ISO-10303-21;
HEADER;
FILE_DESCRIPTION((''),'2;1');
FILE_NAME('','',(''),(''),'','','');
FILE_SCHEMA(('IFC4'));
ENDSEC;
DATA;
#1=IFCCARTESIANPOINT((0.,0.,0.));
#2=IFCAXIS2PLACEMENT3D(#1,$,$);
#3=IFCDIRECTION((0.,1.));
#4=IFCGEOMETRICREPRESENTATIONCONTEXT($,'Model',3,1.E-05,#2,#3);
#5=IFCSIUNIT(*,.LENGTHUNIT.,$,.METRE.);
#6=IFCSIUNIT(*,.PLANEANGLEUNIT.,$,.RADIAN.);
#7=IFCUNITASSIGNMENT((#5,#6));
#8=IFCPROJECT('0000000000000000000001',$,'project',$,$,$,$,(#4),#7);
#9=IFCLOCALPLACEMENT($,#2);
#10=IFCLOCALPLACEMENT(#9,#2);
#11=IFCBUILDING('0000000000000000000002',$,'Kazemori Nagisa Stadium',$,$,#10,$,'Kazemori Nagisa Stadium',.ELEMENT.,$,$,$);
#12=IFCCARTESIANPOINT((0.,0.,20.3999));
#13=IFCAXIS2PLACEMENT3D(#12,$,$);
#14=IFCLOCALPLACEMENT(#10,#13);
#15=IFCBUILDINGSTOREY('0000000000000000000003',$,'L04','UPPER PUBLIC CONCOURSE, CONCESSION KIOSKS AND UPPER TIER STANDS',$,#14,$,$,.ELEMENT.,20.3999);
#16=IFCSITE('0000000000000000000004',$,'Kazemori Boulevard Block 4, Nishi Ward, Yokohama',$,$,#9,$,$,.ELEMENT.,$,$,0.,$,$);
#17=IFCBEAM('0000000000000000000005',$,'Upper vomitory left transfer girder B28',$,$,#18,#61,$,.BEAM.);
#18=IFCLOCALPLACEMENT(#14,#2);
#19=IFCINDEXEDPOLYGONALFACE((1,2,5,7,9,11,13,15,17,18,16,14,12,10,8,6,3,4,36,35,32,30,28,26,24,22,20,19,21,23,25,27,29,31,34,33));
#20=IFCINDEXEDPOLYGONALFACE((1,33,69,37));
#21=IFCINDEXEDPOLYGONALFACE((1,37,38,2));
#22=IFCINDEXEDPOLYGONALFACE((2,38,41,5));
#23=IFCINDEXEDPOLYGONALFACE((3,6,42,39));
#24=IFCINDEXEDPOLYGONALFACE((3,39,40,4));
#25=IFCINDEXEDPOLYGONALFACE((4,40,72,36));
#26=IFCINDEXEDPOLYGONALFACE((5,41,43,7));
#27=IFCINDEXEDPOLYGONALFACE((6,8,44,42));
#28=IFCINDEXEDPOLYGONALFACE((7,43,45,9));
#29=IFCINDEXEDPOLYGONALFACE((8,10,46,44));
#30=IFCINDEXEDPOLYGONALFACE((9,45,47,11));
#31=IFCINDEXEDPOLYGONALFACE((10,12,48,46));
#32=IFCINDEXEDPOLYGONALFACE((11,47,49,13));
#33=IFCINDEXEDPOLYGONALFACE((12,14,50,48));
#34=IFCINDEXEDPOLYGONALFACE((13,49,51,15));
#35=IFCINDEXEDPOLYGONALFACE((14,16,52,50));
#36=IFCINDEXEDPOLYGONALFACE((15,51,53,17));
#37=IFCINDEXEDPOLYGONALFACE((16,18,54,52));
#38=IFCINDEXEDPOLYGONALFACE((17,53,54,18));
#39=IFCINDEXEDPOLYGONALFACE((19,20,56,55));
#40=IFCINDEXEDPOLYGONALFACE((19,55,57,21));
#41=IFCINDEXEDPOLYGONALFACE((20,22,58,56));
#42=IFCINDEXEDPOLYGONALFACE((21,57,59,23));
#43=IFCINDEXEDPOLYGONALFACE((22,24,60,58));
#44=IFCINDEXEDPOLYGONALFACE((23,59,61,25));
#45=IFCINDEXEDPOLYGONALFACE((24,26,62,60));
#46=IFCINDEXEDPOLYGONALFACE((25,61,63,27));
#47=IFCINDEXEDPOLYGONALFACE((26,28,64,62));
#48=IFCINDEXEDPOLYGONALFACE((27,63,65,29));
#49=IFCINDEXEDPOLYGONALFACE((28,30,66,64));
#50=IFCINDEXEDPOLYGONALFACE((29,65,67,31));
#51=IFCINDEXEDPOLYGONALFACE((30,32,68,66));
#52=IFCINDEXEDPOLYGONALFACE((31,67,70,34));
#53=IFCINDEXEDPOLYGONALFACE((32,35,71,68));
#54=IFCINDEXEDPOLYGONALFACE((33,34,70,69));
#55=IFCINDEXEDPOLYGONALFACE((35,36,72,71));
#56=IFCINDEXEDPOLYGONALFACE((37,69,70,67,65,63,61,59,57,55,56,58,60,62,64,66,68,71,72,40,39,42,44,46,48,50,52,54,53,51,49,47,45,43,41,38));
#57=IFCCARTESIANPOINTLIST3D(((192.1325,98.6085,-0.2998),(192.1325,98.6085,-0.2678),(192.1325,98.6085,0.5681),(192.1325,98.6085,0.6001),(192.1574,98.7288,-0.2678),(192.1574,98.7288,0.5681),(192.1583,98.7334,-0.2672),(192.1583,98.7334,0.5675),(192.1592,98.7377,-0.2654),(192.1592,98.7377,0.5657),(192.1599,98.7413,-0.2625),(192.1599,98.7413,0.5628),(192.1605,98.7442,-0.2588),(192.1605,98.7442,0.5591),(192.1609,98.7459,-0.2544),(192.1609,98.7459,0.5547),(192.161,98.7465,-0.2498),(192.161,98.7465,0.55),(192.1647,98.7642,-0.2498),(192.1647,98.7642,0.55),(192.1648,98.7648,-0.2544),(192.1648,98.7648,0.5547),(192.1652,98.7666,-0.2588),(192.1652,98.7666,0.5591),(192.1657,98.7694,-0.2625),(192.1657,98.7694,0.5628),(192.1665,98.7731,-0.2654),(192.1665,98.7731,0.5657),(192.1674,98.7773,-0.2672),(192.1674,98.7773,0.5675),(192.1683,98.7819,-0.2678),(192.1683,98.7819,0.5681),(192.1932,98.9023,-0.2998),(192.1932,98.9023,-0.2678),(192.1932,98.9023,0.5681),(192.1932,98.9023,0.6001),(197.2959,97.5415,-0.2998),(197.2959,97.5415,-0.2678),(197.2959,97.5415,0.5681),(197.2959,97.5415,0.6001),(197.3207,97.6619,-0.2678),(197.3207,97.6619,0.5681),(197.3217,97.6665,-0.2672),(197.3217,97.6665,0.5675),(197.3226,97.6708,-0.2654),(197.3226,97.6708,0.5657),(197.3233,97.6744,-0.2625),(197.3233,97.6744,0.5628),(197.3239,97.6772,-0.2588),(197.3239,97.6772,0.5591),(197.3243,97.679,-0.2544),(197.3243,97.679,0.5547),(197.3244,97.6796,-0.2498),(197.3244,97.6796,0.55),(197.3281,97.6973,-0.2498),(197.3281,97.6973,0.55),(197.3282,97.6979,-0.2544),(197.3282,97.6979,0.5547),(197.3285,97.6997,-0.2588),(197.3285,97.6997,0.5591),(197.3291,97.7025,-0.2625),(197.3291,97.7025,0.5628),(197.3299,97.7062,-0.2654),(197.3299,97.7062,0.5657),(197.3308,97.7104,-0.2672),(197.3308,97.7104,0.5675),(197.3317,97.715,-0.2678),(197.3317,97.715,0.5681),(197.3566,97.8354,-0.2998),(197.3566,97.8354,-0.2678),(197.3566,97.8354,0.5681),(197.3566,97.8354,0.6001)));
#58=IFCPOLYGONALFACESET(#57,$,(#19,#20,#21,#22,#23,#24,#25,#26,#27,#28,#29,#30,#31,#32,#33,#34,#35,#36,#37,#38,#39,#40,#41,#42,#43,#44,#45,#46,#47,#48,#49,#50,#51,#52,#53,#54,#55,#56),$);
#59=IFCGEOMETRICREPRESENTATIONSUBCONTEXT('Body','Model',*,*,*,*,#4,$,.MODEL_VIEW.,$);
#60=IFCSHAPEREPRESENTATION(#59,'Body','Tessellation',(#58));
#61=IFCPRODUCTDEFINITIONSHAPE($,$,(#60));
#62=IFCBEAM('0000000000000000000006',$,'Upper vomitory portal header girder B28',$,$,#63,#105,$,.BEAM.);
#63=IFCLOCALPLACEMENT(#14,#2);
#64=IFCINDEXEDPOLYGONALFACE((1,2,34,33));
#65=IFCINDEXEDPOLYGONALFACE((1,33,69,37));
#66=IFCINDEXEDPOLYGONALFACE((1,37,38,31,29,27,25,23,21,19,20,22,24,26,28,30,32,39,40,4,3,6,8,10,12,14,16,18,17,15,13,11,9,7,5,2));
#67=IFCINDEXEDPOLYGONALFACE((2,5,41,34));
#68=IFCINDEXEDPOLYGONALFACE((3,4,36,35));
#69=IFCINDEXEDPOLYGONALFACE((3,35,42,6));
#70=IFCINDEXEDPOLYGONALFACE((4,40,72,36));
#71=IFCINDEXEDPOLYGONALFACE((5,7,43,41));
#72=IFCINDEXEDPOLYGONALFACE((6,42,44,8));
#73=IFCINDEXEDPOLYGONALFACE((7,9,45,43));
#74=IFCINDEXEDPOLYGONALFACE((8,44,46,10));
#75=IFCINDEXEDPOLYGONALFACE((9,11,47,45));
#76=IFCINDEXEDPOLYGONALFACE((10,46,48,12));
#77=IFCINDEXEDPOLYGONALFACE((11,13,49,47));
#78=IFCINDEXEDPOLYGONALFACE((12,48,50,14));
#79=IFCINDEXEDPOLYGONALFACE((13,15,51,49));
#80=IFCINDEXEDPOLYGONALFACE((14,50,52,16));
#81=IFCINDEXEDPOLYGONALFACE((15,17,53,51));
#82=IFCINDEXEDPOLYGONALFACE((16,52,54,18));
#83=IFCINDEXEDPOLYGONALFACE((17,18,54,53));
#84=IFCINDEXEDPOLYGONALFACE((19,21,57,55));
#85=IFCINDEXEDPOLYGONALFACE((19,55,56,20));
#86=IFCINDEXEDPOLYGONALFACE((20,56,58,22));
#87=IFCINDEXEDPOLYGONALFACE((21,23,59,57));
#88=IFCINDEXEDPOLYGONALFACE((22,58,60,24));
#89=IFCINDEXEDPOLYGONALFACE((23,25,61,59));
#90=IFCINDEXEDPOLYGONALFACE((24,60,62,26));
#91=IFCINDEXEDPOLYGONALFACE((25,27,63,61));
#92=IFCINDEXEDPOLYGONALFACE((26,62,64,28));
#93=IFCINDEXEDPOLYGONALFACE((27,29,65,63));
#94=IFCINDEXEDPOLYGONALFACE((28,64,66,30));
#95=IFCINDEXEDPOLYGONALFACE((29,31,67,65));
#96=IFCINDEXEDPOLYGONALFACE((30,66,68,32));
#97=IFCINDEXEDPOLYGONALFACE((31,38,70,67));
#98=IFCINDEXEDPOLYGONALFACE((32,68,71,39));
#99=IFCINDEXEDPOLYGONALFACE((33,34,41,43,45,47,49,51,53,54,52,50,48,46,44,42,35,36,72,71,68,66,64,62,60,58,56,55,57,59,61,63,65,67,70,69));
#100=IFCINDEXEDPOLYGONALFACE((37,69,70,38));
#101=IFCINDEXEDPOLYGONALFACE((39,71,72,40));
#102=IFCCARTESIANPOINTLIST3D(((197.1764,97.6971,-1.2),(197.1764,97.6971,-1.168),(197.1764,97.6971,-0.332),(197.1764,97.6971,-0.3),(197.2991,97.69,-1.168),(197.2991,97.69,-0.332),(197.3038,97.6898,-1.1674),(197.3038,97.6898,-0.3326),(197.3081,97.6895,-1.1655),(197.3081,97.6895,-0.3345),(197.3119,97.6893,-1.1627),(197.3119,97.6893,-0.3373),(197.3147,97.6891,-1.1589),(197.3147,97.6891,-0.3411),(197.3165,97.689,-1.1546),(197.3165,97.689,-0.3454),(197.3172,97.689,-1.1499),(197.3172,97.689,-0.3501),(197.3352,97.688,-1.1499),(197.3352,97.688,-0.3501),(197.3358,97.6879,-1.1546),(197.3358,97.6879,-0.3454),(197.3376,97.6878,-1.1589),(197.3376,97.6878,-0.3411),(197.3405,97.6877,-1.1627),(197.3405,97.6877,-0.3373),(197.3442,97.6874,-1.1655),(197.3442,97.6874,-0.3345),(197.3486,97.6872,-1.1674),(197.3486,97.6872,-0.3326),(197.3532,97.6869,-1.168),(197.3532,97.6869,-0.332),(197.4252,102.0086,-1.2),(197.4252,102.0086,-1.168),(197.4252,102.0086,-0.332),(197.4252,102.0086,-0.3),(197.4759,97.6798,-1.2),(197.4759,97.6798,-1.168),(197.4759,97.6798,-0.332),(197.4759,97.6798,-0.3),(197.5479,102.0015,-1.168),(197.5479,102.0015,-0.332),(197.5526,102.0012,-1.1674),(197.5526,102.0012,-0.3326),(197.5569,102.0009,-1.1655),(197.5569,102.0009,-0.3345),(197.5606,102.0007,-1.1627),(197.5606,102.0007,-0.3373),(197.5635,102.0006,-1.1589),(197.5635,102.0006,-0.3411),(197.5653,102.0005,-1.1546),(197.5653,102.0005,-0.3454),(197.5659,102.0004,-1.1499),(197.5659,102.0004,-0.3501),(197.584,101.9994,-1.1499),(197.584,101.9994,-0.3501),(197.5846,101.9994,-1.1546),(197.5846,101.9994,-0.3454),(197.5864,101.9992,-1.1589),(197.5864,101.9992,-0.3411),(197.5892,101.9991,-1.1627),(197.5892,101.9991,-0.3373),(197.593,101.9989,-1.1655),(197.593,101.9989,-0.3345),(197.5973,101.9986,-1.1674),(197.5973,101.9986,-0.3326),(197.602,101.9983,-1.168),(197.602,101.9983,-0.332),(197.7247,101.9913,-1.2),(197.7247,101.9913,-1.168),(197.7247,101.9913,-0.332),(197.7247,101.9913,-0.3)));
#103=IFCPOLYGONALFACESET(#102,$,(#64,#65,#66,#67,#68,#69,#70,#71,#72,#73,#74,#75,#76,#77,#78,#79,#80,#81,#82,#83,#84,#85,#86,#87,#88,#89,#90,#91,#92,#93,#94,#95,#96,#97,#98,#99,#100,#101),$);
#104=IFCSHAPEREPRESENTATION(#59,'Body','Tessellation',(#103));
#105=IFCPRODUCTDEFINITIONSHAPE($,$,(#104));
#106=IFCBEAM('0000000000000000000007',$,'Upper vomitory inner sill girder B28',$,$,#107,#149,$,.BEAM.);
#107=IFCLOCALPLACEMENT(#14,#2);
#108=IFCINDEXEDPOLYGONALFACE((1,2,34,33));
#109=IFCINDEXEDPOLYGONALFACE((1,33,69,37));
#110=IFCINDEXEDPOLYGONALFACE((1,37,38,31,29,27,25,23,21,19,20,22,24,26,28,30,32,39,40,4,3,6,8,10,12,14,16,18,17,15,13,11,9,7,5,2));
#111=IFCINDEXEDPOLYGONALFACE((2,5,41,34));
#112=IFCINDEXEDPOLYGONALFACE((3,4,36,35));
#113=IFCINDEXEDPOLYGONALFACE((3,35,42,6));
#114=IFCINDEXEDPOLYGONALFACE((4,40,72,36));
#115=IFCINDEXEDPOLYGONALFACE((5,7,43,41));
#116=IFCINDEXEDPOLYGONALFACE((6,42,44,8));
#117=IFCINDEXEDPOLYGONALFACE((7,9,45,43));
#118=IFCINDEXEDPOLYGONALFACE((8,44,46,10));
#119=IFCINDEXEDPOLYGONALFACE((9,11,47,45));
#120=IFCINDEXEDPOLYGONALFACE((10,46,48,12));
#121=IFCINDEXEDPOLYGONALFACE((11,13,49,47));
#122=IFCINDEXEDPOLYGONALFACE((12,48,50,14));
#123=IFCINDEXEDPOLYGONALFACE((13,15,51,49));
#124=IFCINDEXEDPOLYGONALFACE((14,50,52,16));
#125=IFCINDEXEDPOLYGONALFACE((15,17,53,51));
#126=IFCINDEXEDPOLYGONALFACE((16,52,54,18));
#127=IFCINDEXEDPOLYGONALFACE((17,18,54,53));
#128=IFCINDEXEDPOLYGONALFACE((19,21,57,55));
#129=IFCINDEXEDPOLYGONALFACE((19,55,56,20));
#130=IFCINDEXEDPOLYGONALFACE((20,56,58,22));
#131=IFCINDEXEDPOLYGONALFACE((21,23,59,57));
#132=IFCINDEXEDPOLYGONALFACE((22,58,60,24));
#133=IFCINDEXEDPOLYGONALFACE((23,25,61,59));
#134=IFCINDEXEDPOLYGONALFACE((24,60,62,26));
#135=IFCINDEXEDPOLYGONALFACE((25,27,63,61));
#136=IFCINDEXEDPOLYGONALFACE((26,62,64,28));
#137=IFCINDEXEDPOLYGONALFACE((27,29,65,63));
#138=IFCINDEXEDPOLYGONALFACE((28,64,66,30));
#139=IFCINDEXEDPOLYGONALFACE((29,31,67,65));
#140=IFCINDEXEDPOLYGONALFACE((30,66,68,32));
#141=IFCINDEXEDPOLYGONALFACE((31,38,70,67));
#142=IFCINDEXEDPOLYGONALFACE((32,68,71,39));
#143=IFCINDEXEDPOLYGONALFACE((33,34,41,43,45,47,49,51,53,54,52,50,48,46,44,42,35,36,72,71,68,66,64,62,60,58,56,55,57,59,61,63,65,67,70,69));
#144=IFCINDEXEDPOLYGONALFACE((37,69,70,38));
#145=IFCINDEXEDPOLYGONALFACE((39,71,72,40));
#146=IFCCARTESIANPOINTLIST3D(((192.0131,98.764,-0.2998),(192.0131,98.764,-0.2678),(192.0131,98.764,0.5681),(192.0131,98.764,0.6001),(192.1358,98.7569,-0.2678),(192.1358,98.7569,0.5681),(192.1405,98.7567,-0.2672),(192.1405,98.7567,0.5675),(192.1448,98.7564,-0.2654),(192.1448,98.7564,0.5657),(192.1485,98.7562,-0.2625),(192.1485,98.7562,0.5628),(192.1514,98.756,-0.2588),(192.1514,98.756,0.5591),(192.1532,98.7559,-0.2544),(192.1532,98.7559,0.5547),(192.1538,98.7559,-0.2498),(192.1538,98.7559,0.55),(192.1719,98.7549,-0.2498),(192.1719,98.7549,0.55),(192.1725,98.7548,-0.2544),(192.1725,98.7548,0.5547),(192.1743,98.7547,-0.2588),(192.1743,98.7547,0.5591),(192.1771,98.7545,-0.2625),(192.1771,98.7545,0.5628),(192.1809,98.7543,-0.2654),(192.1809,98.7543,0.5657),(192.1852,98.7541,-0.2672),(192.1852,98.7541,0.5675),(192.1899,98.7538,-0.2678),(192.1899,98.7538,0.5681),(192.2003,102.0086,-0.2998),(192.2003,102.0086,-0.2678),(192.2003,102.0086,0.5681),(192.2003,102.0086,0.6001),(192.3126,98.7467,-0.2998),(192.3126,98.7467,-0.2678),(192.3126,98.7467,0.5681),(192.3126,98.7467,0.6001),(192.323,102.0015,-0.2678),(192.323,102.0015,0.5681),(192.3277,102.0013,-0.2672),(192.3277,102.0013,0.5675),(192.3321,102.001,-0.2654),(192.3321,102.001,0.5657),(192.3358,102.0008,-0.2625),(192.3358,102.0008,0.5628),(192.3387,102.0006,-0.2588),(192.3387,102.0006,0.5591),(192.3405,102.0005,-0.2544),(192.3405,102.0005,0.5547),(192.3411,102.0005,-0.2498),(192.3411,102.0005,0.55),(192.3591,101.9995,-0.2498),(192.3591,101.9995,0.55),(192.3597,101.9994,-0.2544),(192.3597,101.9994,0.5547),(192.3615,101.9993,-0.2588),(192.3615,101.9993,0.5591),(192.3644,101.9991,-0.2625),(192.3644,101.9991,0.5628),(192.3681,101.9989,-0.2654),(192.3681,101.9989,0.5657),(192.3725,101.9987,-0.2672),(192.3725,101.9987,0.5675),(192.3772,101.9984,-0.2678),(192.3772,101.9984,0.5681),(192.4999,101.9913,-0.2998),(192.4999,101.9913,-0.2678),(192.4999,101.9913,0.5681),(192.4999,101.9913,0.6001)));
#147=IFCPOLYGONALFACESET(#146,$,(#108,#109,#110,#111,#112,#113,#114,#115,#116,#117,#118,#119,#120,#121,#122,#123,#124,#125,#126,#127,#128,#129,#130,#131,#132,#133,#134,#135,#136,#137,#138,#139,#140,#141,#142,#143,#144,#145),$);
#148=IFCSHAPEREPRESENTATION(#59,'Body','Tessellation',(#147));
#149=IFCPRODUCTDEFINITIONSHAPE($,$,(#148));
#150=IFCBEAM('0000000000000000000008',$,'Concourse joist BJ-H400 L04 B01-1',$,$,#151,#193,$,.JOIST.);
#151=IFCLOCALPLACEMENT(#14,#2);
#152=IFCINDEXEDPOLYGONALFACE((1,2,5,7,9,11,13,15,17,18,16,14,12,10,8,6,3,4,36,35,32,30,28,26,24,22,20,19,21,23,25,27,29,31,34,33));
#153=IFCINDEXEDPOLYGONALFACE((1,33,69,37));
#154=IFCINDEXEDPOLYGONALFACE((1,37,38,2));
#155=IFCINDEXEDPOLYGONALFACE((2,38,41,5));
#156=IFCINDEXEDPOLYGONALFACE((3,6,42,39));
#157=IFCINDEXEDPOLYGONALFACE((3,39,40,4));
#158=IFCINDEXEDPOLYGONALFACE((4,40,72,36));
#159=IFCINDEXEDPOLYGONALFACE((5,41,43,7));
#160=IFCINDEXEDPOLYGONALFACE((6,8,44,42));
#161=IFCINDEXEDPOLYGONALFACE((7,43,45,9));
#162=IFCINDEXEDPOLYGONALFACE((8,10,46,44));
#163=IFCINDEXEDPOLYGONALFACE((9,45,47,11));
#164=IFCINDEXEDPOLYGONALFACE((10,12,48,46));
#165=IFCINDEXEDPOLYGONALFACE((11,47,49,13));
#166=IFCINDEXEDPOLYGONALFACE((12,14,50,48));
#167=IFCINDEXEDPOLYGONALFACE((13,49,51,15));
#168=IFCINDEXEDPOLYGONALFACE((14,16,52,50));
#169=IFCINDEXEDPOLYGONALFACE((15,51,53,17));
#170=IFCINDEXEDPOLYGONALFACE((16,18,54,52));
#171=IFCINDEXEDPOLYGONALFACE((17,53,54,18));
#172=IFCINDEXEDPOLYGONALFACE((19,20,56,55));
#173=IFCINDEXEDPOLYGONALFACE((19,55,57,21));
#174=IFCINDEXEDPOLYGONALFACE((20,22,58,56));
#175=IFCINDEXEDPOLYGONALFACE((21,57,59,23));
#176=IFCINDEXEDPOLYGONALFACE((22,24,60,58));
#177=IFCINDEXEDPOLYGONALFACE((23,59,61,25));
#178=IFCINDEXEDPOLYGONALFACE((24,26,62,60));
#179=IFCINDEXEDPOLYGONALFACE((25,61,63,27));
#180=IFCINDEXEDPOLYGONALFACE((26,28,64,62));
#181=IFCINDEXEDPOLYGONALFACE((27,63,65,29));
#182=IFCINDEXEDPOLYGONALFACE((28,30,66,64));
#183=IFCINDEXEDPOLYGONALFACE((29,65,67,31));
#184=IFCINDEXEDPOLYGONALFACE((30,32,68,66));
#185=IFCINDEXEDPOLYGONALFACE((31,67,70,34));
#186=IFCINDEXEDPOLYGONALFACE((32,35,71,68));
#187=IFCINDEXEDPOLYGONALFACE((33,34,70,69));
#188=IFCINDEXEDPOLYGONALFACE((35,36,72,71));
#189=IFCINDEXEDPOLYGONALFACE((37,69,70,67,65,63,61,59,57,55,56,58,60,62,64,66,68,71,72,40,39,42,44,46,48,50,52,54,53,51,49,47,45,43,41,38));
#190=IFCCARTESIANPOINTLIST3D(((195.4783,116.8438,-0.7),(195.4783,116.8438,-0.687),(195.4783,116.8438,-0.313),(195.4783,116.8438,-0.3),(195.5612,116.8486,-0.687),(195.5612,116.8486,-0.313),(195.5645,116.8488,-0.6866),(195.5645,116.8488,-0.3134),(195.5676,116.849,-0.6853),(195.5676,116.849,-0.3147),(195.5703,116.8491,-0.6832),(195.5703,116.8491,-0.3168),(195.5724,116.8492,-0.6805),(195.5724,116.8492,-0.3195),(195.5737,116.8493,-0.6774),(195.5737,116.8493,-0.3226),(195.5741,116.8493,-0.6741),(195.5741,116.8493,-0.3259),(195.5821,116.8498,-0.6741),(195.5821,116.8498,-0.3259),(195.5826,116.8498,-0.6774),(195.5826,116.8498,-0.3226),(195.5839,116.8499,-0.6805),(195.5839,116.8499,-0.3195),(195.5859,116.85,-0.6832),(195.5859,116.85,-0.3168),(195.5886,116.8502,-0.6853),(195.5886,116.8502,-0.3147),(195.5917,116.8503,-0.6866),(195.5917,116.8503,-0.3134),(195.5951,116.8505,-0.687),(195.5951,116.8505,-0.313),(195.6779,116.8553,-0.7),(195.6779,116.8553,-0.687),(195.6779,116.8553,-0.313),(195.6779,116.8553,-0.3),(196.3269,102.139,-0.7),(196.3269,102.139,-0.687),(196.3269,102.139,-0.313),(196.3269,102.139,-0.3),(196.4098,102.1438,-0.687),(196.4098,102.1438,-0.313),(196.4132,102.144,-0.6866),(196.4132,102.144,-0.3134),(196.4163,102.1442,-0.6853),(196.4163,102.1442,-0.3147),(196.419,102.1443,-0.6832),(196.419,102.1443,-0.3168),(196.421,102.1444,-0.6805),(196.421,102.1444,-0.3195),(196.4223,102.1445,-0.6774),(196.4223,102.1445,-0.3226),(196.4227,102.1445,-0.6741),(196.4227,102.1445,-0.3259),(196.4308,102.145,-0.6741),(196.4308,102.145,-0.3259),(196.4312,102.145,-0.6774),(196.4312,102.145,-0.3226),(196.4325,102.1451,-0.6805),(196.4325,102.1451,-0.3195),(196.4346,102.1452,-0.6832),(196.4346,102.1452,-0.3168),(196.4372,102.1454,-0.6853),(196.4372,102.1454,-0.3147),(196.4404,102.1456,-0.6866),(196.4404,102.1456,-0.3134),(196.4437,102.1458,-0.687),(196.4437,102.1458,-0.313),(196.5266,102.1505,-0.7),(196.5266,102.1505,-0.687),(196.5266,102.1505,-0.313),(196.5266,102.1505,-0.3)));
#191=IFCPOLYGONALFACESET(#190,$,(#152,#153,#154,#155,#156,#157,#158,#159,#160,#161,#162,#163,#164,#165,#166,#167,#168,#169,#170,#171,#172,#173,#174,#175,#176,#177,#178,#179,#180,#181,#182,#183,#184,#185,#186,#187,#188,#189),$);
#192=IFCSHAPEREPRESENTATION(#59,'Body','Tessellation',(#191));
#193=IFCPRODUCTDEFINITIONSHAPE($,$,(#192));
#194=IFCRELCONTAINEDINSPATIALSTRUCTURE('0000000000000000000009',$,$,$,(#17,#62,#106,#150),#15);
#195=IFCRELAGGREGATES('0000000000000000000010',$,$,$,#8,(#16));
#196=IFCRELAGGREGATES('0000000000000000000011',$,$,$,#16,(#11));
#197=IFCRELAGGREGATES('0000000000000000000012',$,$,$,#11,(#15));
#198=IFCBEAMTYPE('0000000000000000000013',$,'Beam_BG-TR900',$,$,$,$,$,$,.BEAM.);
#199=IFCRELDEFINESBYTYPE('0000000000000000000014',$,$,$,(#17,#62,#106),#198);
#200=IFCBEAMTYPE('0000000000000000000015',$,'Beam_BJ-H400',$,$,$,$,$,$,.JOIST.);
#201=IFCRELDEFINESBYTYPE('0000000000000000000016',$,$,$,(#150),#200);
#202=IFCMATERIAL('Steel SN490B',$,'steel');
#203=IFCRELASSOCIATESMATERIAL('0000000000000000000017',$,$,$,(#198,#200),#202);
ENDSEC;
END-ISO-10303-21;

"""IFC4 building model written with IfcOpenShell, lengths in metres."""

from ifc_helpers import new_model, si_unit, direction, frame, origin, origin_2d, place, context, subcontext, project, spatial, i_section, extrude, material, material_profile, profile_set, type_object, element, save


model = new_model("IFC4")

# Units and contexts
model_context = context("Model", 3, precision=1e-05, world=origin(), true_north=direction((0.0, 1.0)))
body_context = subcontext(model_context, "Body", "Model", "MODEL_VIEW")
ifc_project = project(units=[si_unit("LENGTHUNIT", "METRE"), si_unit("PLANEANGLEUNIT", "RADIAN")], contexts=[model_context])

# Site, building, storey
site_placement = place(None, origin())
site = spatial("IfcSite", under=ifc_project, at=site_placement, Name="Kazemori Boulevard Block 4, Nishi Ward, Yokohama", CompositionType="ELEMENT", RefElevation=0.0)
building_placement = place(site_placement, origin())
building = spatial("IfcBuilding", under=site, at=building_placement, Name="Kazemori Nagisa Stadium", LongName="Kazemori Nagisa Stadium", CompositionType="ELEMENT")
storey_placement = place(building_placement, frame((0.0, 0.0, 20.3999)))
storey = spatial("IfcBuildingStorey", under=building, at=storey_placement, Name="L04", Description="UPPER PUBLIC CONCOURSE, CONCESSION KIOSKS AND UPPER TIER STANDS", CompositionType="ELEMENT", Elevation=20.3999)

# Beams
ifc_material_1 = material(Name="Steel SN490B", Category="steel")
ifc_material_profile_1 = material_profile(ifc_material_1, i_section(OverallWidth=0.3, OverallDepth=0.8999, WebThickness=0.0181, FlangeThickness=0.032, FilletRadius=0.0181, at=origin_2d()), Name="H-900x300x18x32")
ifc_profile_set_1 = profile_set([ifc_material_profile_1], Name="Steel SN490B")
beam_type_1 = type_object("IfcBeamType", Name="Beam_BG-TR900", PredefinedType="BEAM", material=ifc_profile_set_1)
beam_1_placement = place(storey_placement, frame((192.1628, 98.7554, 0.1501), z_axis=(0.979312, -0.202354, 0.0), x_axis=(0.202354, 0.979312, 0.0)))
element("IfcBeam", 1, at=beam_1_placement, inside=storey, type_object=beam_type_1, Name="Upper vomitory left transfer girder B28", PredefinedType="BEAM", context=body_context, shape_type="SweptSolid", body=[
    extrude(i_section(OverallWidth=0.3, OverallDepth=0.8999, WebThickness=0.0181, FlangeThickness=0.032, FilletRadius=0.0181, at=origin_2d()), origin(), (0.0, 0.0, 1.0), 5.2725),
])
beam_2_placement = place(storey_placement, frame((197.3262, 97.6885, -0.75), z_axis=(0.057605, 0.998339, 0.0), x_axis=(-0.998339, 0.057605, 0.0)))
element("IfcBeam", 2, at=beam_2_placement, inside=storey, type_object=beam_type_1, Name="Upper vomitory portal header girder B28", PredefinedType="BEAM", context=body_context, shape_type="SweptSolid", body=[
    extrude(i_section(OverallWidth=0.3, OverallDepth=0.8999, WebThickness=0.0181, FlangeThickness=0.032, FilletRadius=0.0181, at=origin_2d()), origin(), (0.0, 0.0, 1.0), 4.3186),
])
beam_3_placement = place(storey_placement, frame((192.1628, 98.7554, 0.1501), z_axis=(0.057617, 0.998339, 0.0), x_axis=(-0.998339, 0.057617, 0.0)))
element("IfcBeam", 3, at=beam_3_placement, inside=storey, type_object=beam_type_1, Name="Upper vomitory inner sill girder B28", PredefinedType="BEAM", context=body_context, shape_type="SweptSolid", body=[
    extrude(i_section(OverallWidth=0.3, OverallDepth=0.8999, WebThickness=0.0181, FlangeThickness=0.032, FilletRadius=0.0181, at=origin_2d()), origin(), (0.0, 0.0, 1.0), 3.25),
])
ifc_material_profile_2 = material_profile(ifc_material_1, i_section(OverallWidth=0.2, OverallDepth=0.3999, WebThickness=0.0081, FlangeThickness=0.0129, FilletRadius=0.0129, at=origin_2d()), Name="H-400x200x8x13")
ifc_profile_set_2 = profile_set([ifc_material_profile_2], Name="Steel SN490B")
beam_type_2 = type_object("IfcBeamType", Name="Beam_BJ-H400", PredefinedType="JOIST", material=ifc_profile_set_2)
beam_4_placement = place(storey_placement, frame((196.4268, 102.1448, -0.5), z_axis=(-0.057615, 0.998339, 0.0), x_axis=(-0.998339, -0.057615, 0.0)))
element("IfcBeam", 4, at=beam_4_placement, inside=storey, type_object=beam_type_2, Name="Concourse joist BJ-H400 L04 B01-1", PredefinedType="JOIST", context=body_context, shape_type="SweptSolid", body=[
    extrude(i_section(OverallWidth=0.2, OverallDepth=0.3999, WebThickness=0.0081, FlangeThickness=0.0129, FilletRadius=0.0129, at=origin_2d()), origin(), (0.0, 0.0, 1.0), 14.7292),
])

save(model, "model.ifc")
